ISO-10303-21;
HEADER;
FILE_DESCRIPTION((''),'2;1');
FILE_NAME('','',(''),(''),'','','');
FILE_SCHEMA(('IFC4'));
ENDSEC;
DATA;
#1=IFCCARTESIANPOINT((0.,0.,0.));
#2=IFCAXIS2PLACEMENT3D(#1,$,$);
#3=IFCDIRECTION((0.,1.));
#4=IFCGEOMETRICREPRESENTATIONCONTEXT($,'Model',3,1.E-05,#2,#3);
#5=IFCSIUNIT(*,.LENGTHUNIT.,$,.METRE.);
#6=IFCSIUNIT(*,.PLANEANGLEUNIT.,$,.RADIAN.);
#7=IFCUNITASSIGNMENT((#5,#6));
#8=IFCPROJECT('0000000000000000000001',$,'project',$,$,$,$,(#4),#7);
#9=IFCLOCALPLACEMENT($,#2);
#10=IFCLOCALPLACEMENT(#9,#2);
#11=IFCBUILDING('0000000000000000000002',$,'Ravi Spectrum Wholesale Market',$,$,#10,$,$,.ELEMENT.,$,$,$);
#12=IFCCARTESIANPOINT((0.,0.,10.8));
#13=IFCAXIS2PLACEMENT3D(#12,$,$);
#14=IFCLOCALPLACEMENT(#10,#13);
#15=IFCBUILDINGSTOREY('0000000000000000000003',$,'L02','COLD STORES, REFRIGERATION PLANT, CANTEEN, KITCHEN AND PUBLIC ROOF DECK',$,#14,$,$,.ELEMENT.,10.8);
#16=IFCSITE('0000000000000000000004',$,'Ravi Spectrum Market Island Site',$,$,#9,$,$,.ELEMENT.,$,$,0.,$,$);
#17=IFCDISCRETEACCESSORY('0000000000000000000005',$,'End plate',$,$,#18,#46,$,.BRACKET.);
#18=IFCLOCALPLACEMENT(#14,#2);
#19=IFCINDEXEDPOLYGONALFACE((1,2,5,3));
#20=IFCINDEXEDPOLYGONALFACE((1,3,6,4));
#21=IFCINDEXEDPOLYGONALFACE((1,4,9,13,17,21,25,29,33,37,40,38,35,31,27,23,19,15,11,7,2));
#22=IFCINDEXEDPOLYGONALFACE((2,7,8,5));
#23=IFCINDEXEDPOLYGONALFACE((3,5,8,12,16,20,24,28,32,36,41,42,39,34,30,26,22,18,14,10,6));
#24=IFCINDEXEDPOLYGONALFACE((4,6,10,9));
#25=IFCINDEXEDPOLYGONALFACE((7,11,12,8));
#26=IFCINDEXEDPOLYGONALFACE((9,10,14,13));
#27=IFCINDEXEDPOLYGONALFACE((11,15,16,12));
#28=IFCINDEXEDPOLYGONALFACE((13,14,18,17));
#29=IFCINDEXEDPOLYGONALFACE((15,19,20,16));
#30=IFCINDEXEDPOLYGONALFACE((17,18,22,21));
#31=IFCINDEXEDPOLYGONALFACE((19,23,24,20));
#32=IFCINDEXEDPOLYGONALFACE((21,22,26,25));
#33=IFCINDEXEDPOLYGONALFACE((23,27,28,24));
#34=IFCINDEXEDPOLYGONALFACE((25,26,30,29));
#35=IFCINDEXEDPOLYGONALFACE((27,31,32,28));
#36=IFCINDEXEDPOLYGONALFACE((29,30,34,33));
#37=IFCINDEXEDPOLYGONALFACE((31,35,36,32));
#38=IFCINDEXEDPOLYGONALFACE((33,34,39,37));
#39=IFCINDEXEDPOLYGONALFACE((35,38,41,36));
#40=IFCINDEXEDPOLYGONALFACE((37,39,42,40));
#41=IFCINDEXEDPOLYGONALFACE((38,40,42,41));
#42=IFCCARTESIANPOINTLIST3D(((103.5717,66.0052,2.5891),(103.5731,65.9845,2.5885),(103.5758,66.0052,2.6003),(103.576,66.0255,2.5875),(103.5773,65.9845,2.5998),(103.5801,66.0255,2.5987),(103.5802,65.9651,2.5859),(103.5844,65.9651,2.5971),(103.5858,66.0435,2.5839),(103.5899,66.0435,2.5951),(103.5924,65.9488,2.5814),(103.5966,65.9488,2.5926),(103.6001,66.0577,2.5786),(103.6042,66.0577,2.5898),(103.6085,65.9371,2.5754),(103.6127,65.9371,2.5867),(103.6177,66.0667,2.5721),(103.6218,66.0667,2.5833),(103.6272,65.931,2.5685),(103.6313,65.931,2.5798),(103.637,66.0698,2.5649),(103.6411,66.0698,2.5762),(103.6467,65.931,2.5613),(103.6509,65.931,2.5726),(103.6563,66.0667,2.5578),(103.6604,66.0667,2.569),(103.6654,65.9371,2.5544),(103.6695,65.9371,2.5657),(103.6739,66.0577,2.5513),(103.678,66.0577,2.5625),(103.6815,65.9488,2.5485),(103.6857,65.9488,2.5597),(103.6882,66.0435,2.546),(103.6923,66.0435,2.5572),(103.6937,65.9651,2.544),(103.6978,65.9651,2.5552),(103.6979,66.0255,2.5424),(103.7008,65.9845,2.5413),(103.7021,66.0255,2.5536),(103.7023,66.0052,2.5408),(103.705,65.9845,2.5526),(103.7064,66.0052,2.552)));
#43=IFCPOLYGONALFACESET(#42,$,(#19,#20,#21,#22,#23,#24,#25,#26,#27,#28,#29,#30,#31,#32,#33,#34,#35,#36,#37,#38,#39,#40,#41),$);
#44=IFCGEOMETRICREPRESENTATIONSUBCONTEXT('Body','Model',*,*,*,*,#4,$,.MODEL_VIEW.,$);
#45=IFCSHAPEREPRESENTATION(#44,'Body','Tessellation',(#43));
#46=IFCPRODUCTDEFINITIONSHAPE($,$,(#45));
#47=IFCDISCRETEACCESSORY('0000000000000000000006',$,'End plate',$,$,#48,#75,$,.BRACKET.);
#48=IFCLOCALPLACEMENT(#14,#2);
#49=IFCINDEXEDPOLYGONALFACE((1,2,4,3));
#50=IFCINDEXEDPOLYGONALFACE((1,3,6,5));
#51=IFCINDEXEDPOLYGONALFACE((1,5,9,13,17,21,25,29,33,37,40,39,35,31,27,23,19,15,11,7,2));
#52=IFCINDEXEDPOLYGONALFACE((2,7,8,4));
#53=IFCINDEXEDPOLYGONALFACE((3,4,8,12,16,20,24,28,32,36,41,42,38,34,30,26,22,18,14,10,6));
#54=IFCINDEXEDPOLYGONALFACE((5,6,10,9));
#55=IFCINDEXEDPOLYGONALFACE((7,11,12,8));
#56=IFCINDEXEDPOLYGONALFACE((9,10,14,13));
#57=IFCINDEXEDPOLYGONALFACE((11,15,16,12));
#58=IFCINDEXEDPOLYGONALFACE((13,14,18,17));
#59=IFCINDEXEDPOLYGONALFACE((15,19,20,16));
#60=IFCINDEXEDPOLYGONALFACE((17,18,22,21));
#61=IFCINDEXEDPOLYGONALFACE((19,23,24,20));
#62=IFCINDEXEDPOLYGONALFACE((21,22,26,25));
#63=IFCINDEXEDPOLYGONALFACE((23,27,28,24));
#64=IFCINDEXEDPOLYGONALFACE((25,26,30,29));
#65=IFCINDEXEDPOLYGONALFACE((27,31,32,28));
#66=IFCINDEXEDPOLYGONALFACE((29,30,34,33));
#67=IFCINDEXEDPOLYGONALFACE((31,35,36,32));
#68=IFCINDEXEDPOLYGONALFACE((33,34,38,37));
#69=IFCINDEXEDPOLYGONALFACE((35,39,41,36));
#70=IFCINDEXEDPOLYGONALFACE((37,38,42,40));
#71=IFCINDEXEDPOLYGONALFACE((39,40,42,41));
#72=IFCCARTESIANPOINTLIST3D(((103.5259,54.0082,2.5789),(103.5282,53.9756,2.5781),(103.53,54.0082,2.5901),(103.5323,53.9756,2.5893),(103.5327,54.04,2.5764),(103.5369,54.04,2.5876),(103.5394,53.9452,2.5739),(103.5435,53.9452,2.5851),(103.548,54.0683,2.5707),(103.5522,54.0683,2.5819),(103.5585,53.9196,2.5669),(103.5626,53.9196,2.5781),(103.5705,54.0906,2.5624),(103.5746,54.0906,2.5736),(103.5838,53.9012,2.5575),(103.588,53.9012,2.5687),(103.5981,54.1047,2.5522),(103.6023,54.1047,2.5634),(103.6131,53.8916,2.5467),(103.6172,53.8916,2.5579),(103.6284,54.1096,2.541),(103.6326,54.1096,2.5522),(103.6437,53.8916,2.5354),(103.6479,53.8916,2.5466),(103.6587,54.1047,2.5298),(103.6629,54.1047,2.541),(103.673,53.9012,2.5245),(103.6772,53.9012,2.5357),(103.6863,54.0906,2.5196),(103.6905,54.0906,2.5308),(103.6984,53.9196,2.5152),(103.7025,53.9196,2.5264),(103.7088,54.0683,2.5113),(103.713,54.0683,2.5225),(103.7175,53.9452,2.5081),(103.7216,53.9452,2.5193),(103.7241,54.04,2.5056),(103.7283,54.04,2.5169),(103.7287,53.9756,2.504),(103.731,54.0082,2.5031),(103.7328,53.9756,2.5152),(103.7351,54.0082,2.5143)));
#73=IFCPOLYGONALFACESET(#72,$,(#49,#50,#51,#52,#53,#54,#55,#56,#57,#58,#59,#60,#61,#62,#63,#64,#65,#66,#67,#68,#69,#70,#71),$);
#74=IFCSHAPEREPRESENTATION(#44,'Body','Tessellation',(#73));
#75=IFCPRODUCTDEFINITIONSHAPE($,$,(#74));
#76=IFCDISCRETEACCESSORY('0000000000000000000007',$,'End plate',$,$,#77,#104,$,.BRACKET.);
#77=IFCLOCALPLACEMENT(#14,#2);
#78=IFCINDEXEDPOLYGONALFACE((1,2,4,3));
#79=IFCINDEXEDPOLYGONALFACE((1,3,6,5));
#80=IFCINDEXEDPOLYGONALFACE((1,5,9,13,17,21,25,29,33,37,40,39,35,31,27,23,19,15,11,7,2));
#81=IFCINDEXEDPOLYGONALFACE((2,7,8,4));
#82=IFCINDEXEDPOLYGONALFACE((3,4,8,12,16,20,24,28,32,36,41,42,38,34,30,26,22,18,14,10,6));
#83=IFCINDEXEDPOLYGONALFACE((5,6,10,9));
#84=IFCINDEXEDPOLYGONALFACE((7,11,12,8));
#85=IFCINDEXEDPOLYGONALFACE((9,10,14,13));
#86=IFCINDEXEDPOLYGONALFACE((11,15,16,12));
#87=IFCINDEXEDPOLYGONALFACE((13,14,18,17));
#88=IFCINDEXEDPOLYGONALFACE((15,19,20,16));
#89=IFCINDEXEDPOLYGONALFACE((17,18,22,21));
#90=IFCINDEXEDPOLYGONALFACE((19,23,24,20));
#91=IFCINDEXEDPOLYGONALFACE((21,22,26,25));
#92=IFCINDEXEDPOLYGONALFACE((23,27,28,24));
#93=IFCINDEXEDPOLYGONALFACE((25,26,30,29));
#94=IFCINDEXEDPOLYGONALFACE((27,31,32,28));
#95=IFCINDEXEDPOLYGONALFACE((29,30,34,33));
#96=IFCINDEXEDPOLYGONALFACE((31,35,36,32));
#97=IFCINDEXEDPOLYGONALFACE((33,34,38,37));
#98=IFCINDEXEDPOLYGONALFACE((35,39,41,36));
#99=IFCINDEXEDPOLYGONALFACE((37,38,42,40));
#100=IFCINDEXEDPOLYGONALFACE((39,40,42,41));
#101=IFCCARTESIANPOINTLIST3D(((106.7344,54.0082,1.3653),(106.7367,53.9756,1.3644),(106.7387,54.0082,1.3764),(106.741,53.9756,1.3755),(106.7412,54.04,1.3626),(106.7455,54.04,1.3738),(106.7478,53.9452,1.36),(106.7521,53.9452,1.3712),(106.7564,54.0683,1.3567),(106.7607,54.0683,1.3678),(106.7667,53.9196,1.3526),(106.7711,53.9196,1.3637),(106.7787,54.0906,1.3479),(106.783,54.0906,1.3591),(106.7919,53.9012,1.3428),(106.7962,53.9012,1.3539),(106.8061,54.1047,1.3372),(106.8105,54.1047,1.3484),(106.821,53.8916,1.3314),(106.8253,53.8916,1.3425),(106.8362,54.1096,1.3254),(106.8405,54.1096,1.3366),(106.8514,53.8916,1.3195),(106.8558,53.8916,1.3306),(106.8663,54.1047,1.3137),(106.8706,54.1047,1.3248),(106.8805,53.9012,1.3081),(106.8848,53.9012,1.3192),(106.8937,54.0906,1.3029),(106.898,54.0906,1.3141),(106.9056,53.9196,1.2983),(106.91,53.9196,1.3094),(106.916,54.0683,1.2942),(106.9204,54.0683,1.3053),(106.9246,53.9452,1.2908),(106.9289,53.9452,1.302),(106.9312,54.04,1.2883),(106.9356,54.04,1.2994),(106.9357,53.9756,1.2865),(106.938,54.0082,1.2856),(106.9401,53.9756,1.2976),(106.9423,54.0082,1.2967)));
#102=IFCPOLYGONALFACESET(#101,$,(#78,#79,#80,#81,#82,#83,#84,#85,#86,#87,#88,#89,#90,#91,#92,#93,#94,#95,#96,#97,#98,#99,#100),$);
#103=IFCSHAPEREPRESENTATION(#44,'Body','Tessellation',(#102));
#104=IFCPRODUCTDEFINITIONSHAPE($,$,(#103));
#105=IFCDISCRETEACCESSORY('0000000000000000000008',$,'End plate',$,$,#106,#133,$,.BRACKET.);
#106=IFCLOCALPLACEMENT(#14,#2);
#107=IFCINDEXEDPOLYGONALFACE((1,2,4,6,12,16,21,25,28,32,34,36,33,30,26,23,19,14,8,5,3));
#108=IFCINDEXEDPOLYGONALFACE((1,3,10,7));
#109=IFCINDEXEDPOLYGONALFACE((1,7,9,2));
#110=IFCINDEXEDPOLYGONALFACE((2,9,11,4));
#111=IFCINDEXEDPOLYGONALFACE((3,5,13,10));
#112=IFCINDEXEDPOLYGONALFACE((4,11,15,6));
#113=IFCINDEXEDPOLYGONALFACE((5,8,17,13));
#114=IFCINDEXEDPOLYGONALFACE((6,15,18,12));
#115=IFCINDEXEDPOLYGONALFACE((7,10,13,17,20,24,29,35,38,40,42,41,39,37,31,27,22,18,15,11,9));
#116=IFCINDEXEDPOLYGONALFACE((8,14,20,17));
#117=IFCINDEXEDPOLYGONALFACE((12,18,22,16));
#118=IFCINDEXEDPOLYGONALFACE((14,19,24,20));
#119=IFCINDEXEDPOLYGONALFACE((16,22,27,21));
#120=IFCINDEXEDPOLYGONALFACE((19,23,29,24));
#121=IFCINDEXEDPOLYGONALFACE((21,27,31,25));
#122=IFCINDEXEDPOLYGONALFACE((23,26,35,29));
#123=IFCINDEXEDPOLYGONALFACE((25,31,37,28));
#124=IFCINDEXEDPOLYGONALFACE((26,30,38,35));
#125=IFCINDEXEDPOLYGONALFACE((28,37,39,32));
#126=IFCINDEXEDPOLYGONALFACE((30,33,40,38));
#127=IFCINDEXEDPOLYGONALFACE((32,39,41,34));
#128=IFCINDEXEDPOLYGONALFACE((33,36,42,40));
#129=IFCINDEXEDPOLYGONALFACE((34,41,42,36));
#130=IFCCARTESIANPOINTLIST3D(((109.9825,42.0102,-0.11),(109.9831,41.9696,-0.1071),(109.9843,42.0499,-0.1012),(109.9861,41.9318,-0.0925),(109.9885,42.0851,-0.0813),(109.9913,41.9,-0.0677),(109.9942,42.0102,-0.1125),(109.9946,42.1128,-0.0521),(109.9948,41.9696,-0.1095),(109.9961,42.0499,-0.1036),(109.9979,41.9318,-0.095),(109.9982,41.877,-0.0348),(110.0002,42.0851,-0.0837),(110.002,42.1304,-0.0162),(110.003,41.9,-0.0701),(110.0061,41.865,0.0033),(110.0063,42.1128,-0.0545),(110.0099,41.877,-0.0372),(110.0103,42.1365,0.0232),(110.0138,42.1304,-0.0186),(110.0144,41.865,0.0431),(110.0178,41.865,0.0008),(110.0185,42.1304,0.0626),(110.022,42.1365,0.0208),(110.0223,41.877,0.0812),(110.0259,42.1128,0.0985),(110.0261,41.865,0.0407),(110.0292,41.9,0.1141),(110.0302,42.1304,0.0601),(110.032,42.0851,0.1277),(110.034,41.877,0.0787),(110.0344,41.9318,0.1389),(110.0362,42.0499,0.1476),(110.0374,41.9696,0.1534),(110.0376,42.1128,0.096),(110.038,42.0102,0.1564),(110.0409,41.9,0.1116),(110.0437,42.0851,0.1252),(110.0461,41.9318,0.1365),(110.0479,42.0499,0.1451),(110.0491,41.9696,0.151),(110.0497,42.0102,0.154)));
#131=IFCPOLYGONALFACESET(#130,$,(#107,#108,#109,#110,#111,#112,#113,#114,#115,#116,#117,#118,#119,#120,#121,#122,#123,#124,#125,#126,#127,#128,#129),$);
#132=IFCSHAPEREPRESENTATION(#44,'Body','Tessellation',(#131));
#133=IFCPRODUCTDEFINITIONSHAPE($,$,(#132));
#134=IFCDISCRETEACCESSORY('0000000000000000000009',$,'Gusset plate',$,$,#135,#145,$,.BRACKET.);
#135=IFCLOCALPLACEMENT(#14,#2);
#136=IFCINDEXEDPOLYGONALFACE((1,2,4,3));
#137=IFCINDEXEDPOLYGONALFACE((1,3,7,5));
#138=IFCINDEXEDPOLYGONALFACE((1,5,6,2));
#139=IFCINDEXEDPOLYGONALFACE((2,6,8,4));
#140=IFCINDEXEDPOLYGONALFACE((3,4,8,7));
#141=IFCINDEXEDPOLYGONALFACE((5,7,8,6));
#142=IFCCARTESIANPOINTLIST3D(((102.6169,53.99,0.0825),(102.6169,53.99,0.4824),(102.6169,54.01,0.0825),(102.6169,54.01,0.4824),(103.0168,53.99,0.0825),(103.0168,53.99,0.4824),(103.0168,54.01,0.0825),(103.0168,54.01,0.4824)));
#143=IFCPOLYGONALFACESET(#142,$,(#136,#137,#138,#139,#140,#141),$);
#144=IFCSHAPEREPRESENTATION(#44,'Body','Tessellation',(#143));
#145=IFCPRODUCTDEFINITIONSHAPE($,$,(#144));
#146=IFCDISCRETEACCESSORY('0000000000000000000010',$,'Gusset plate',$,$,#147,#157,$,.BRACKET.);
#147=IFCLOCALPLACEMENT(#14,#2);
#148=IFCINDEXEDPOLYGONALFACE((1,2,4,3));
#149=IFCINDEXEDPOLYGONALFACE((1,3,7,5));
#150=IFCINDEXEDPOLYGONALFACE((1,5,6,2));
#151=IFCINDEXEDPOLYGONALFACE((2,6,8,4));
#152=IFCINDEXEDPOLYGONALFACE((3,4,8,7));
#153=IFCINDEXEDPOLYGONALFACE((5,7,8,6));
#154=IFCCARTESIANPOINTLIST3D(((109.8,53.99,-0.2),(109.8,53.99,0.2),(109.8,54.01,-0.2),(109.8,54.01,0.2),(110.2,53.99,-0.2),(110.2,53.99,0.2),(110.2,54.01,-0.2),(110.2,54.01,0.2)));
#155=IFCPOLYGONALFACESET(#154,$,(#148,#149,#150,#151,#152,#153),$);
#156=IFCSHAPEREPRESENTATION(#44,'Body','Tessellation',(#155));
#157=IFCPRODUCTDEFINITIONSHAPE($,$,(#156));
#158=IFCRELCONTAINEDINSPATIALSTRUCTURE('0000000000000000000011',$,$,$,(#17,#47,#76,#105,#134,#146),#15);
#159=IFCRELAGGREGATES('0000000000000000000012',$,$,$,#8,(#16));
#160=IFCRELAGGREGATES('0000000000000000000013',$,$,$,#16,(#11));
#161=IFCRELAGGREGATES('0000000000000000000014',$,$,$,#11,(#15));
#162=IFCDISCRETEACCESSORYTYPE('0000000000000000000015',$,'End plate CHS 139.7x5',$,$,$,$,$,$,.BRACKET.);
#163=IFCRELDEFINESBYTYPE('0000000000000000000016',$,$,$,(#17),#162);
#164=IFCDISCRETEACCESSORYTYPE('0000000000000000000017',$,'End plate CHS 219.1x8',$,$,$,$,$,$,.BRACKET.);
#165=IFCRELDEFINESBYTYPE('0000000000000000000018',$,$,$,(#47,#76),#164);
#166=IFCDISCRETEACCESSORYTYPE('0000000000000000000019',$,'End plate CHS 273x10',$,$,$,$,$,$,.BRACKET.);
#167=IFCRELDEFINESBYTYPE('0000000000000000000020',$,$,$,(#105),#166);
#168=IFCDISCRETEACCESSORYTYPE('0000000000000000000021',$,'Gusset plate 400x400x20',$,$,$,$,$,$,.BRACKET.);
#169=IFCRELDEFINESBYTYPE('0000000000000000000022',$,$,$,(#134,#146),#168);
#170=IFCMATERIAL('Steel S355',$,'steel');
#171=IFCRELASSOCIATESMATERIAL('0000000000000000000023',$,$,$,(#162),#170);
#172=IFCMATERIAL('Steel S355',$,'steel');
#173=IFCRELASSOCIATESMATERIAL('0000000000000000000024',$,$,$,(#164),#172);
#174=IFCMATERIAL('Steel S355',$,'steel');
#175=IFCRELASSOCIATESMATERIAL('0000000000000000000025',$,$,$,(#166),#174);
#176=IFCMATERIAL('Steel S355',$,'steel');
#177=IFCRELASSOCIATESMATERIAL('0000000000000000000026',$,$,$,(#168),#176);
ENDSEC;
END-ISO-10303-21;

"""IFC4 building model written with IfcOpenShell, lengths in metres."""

from ifc_helpers import new_model, si_unit, direction, frame, origin, origin_2d, place, context, subcontext, project, spatial, rectangle, circle, extrude, material, material_profile, profile_set, type_object, element, save


model = new_model("IFC4")

# Units and contexts
model_context = context("Model", 3, precision=1e-05, world=origin(), true_north=direction((0.0, 1.0)))
body_context = subcontext(model_context, "Body", "Model", "MODEL_VIEW")
ifc_project = project(units=[si_unit("LENGTHUNIT", "METRE"), si_unit("PLANEANGLEUNIT", "RADIAN")], contexts=[model_context])

# Site, building, storey
site_placement = place(None, origin())
site = spatial("IfcSite", under=ifc_project, at=site_placement, Name="Ravi Spectrum Market Island Site", CompositionType="ELEMENT", RefElevation=0.0)
building_placement = place(site_placement, origin())
building = spatial("IfcBuilding", under=site, at=building_placement, Name="Ravi Spectrum Wholesale Market", CompositionType="ELEMENT")
storey_placement = place(building_placement, frame((0.0, 0.0, 10.8)))
storey = spatial("IfcBuildingStorey", under=building, at=storey_placement, Name="L02", Description="COLD STORES, REFRIGERATION PLANT, CANTEEN, KITCHEN AND PUBLIC ROOF DECK", CompositionType="ELEMENT", Elevation=10.8)

# Discrete accessories
ifc_material_1 = material(Name="Steel S355", Category="steel")
ifc_material_profile_1 = material_profile(ifc_material_1, circle(Radius=0.0698, at=origin_2d()))
ifc_profile_set_1 = profile_set([ifc_material_profile_1], Name="Steel S355")
discrete_accessory_type_1 = type_object("IfcDiscreteAccessoryType", Name="End plate CHS 139.7x5", PredefinedType="BRACKET", material=ifc_profile_set_1)
discrete_accessory_1_placement = place(storey_placement, frame((103.637, 66.0, 2.5649), z_axis=(0.34665, 0.0, 0.937994), x_axis=(0.0, 1.0, 0.0)))
element("IfcDiscreteAccessory", 1, at=discrete_accessory_1_placement, inside=storey, type_object=discrete_accessory_type_1, Name="End plate", PredefinedType="BRACKET", context=body_context, shape_type="SweptSolid", body=[
    extrude(circle(Radius=0.0698, at=origin_2d()), origin(), (0.0, 0.0, 1.0), 0.012),
])
ifc_material_2 = material(Name="Steel S355", Category="steel")
ifc_material_profile_2 = material_profile(ifc_material_2, circle(Radius=0.1096, at=origin_2d()))
ifc_profile_set_2 = profile_set([ifc_material_profile_2], Name="Steel S355")
discrete_accessory_type_2 = type_object("IfcDiscreteAccessoryType", Name="End plate CHS 219.1x8", PredefinedType="BRACKET", material=ifc_profile_set_2)
for number, where, z_axis, x_axis, name in (
    (2, (103.6284, 54.0, 2.541), (0.34665, 0.0, 0.937994), (0.0, 1.0, 0.0), "End plate"),
    (3, (106.8362, 54.0, 1.3254), (0.364399, 0.0, 0.931243), (0.0, 1.0, 0.0), "End plate"),
):
    element("IfcDiscreteAccessory", number, at=place(storey_placement, frame(where, z_axis=z_axis, x_axis=x_axis)), inside=storey, type_object=discrete_accessory_type_2, Name=name, PredefinedType="BRACKET", context=body_context, shape_type="SweptSolid", body=[
        extrude(circle(Radius=0.1096, at=origin_2d()), origin(), (0.0, 0.0, 1.0), 0.012),
    ])
ifc_material_3 = material(Name="Steel S355", Category="steel")
ifc_material_profile_3 = material_profile(ifc_material_3, circle(Radius=0.1365, at=origin_2d()))
ifc_profile_set_3 = profile_set([ifc_material_profile_3], Name="Steel S355")
discrete_accessory_type_3 = type_object("IfcDiscreteAccessoryType", Name="End plate CHS 273x10", PredefinedType="BRACKET", material=ifc_profile_set_3)
discrete_accessory_2_placement = place(storey_placement, frame((110.0103, 42.0, 0.0232), z_axis=(0.97898, 0.0, -0.203954), x_axis=(0.0, 1.0, 0.0)))
element("IfcDiscreteAccessory", 4, at=discrete_accessory_2_placement, inside=storey, type_object=discrete_accessory_type_3, Name="End plate", PredefinedType="BRACKET", context=body_context, shape_type="SweptSolid", body=[
    extrude(circle(Radius=0.1365, at=origin_2d()), origin(), (0.0, 0.0, 1.0), 0.012),
])
ifc_material_4 = material(Name="Steel S355", Category="steel")
ifc_material_profile_4 = material_profile(ifc_material_4, rectangle(XDim=0.3999, YDim=0.02, at=origin_2d()))
ifc_profile_set_4 = profile_set([ifc_material_profile_4], Name="Steel S355")
discrete_accessory_type_4 = type_object("IfcDiscreteAccessoryType", Name="Gusset plate 400x400x20", PredefinedType="BRACKET", material=ifc_profile_set_4)
for number, where, z_axis, x_axis, name in (
    (5, (102.8169, 54.0, 0.0825), (0.0, 0.0, 1.0), (-1.0, 0.0, 0.0), "Gusset plate"),
    (6, (110.0, 54.0, -0.2), (0.0, 0.0, 1.0), (1.0, 0.0, 0.0), "Gusset plate"),
):
    element("IfcDiscreteAccessory", number, at=place(storey_placement, frame(where, z_axis=z_axis, x_axis=x_axis)), inside=storey, type_object=discrete_accessory_type_4, Name=name, PredefinedType="BRACKET", context=body_context, shape_type="SweptSolid", body=[
        extrude(rectangle(XDim=0.3999, YDim=0.02, at=origin_2d()), origin(), (0.0, 0.0, 1.0), 0.3999),
    ])

save(model, "model.ifc")
